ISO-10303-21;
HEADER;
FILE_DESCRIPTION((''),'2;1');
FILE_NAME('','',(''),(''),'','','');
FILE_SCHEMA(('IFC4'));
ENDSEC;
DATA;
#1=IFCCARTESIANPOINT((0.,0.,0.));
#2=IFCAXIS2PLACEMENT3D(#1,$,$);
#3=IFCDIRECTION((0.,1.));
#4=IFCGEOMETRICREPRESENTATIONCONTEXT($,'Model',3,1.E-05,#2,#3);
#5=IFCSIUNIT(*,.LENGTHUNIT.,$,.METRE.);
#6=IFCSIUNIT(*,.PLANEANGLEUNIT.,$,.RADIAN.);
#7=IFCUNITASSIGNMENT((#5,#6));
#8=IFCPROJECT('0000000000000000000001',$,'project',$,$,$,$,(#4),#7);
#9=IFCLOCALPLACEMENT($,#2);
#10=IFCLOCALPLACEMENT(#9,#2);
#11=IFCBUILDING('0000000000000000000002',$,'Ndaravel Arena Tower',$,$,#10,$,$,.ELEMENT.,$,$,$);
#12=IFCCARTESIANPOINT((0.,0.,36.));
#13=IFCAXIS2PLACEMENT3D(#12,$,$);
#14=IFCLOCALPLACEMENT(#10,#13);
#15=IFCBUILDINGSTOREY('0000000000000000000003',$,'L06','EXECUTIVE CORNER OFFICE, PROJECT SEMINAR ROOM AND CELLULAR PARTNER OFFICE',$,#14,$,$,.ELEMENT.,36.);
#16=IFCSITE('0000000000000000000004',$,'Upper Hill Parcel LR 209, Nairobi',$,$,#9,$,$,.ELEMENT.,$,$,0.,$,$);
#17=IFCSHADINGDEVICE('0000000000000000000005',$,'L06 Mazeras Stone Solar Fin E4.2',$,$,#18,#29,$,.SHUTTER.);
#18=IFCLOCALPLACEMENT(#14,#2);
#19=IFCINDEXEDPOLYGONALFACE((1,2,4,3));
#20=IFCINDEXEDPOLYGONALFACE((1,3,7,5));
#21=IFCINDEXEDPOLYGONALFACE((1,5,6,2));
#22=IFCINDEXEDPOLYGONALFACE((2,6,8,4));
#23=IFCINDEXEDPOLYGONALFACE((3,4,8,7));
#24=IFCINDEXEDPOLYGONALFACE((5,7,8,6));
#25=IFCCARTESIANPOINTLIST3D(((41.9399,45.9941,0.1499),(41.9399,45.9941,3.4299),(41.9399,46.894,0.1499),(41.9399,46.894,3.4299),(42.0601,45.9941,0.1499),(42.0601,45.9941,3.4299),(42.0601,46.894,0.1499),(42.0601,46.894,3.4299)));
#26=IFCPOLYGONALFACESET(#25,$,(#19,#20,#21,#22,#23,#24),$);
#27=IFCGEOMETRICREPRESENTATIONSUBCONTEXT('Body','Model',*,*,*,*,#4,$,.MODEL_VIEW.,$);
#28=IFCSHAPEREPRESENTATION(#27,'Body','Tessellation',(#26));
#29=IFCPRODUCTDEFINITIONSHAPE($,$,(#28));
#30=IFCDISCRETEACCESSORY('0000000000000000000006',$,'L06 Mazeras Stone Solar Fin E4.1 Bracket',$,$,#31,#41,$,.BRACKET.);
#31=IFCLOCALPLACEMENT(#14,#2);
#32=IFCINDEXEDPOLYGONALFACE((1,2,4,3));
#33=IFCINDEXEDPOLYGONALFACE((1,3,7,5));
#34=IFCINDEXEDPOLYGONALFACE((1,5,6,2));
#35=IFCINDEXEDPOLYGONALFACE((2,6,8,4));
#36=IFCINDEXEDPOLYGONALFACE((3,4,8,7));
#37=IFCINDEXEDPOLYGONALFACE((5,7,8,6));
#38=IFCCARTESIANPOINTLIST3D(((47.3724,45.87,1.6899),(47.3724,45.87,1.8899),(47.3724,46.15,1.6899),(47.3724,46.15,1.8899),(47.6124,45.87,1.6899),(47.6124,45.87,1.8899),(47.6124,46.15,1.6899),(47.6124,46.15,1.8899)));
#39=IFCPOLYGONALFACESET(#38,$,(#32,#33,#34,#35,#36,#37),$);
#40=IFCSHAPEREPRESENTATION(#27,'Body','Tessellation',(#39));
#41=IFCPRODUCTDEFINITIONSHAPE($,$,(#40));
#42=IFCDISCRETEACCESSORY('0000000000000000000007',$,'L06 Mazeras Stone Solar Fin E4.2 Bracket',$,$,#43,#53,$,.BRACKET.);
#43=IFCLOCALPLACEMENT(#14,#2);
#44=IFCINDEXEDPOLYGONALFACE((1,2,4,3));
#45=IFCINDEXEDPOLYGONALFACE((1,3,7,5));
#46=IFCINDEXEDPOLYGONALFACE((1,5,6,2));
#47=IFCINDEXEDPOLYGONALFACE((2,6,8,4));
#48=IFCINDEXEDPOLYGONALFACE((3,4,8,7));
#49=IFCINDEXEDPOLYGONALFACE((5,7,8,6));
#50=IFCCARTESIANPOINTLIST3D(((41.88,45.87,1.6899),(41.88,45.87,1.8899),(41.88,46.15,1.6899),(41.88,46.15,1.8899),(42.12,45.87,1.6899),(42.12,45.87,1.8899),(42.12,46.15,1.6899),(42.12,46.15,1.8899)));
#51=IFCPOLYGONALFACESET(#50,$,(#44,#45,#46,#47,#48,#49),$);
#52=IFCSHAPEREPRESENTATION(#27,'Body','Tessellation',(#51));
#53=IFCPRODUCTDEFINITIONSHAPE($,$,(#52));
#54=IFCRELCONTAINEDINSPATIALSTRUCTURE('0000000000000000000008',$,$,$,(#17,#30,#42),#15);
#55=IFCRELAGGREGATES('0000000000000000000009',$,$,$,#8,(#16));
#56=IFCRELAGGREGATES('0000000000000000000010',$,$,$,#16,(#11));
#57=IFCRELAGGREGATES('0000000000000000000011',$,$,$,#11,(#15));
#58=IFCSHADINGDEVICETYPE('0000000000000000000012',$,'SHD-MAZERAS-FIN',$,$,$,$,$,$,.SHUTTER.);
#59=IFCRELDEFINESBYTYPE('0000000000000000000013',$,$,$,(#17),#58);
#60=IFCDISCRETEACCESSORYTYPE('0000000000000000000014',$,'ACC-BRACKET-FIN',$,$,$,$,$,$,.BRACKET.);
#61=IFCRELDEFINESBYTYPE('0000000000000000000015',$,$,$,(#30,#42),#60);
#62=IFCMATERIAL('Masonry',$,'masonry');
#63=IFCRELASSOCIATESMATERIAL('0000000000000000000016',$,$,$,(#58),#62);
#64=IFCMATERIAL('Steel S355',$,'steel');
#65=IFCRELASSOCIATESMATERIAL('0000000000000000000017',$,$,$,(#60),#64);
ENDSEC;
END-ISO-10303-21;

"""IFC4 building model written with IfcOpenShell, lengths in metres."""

from ifc_helpers import new_model, si_unit, direction, frame, origin, origin_2d, place, context, subcontext, project, spatial, rectangle, extrude, material, type_object, element, save


model = new_model("IFC4")

# Units and contexts
model_context = context("Model", 3, precision=1e-05, world=origin(), true_north=direction((0.0, 1.0)))
body_context = subcontext(model_context, "Body", "Model", "MODEL_VIEW")
ifc_project = project(units=[si_unit("LENGTHUNIT", "METRE"), si_unit("PLANEANGLEUNIT", "RADIAN")], contexts=[model_context])

# Site, building, storey
site_placement = place(None, origin())
site = spatial("IfcSite", under=ifc_project, at=site_placement, Name="Upper Hill Parcel LR 209, Nairobi", CompositionType="ELEMENT", RefElevation=0.0)
building_placement = place(site_placement, origin())
building = spatial("IfcBuilding", under=site, at=building_placement, Name="Ndaravel Arena Tower", CompositionType="ELEMENT")
storey_placement = place(building_placement, frame((0.0, 0.0, 36.0)))
storey = spatial("IfcBuildingStorey", under=building, at=storey_placement, Name="L06", Description="EXECUTIVE CORNER OFFICE, PROJECT SEMINAR ROOM AND CELLULAR PARTNER OFFICE", CompositionType="ELEMENT", Elevation=36.0)

# Shading device
ifc_material_1 = material(Name="Masonry", Category="masonry")
shading_device_type = type_object("IfcShadingDeviceType", Name="SHD-MAZERAS-FIN", PredefinedType="SHUTTER", material=ifc_material_1)
for number, where, z_axis, x_axis, name in (
    (1, (42.0, 46.4441, 0.1499), (0.0, 0.0, 1.0), (0.0, 1.0, 0.0), "L06 Mazeras Stone Solar Fin E4.2"),
):
    element("IfcShadingDevice", number, at=place(storey_placement, frame(where, z_axis=z_axis, x_axis=x_axis)), inside=storey, type_object=shading_device_type, Name=name, PredefinedType="SHUTTER", context=body_context, shape_type="SweptSolid", body=[
        extrude(rectangle(XDim=0.8999, YDim=0.1201, at=origin_2d()), origin(), (0.0, 0.0, 1.0), 3.28),
    ])

# Discrete accessories
ifc_material_2 = material(Name="Steel S355", Category="steel")
discrete_accessory_type = type_object("IfcDiscreteAccessoryType", Name="ACC-BRACKET-FIN", PredefinedType="BRACKET", material=ifc_material_2)
for number, where, z_axis, x_axis, name in (
    (2, (47.4924, 46.01, 1.6899), (0.0, 0.0, 1.0), (0.0, 1.0, 0.0), "L06 Mazeras Stone Solar Fin E4.1 Bracket"),
    (3, (42.0, 46.01, 1.6899), (0.0, 0.0, 1.0), (0.0, 1.0, 0.0), "L06 Mazeras Stone Solar Fin E4.2 Bracket"),
):
    element("IfcDiscreteAccessory", number, at=place(storey_placement, frame(where, z_axis=z_axis, x_axis=x_axis)), inside=storey, type_object=discrete_accessory_type, Name=name, PredefinedType="BRACKET", context=body_context, shape_type="SweptSolid", body=[
        extrude(rectangle(XDim=0.28, YDim=0.24, at=origin_2d()), origin(), (0.0, 0.0, 1.0), 0.2),
    ])

save(model, "model.ifc")
